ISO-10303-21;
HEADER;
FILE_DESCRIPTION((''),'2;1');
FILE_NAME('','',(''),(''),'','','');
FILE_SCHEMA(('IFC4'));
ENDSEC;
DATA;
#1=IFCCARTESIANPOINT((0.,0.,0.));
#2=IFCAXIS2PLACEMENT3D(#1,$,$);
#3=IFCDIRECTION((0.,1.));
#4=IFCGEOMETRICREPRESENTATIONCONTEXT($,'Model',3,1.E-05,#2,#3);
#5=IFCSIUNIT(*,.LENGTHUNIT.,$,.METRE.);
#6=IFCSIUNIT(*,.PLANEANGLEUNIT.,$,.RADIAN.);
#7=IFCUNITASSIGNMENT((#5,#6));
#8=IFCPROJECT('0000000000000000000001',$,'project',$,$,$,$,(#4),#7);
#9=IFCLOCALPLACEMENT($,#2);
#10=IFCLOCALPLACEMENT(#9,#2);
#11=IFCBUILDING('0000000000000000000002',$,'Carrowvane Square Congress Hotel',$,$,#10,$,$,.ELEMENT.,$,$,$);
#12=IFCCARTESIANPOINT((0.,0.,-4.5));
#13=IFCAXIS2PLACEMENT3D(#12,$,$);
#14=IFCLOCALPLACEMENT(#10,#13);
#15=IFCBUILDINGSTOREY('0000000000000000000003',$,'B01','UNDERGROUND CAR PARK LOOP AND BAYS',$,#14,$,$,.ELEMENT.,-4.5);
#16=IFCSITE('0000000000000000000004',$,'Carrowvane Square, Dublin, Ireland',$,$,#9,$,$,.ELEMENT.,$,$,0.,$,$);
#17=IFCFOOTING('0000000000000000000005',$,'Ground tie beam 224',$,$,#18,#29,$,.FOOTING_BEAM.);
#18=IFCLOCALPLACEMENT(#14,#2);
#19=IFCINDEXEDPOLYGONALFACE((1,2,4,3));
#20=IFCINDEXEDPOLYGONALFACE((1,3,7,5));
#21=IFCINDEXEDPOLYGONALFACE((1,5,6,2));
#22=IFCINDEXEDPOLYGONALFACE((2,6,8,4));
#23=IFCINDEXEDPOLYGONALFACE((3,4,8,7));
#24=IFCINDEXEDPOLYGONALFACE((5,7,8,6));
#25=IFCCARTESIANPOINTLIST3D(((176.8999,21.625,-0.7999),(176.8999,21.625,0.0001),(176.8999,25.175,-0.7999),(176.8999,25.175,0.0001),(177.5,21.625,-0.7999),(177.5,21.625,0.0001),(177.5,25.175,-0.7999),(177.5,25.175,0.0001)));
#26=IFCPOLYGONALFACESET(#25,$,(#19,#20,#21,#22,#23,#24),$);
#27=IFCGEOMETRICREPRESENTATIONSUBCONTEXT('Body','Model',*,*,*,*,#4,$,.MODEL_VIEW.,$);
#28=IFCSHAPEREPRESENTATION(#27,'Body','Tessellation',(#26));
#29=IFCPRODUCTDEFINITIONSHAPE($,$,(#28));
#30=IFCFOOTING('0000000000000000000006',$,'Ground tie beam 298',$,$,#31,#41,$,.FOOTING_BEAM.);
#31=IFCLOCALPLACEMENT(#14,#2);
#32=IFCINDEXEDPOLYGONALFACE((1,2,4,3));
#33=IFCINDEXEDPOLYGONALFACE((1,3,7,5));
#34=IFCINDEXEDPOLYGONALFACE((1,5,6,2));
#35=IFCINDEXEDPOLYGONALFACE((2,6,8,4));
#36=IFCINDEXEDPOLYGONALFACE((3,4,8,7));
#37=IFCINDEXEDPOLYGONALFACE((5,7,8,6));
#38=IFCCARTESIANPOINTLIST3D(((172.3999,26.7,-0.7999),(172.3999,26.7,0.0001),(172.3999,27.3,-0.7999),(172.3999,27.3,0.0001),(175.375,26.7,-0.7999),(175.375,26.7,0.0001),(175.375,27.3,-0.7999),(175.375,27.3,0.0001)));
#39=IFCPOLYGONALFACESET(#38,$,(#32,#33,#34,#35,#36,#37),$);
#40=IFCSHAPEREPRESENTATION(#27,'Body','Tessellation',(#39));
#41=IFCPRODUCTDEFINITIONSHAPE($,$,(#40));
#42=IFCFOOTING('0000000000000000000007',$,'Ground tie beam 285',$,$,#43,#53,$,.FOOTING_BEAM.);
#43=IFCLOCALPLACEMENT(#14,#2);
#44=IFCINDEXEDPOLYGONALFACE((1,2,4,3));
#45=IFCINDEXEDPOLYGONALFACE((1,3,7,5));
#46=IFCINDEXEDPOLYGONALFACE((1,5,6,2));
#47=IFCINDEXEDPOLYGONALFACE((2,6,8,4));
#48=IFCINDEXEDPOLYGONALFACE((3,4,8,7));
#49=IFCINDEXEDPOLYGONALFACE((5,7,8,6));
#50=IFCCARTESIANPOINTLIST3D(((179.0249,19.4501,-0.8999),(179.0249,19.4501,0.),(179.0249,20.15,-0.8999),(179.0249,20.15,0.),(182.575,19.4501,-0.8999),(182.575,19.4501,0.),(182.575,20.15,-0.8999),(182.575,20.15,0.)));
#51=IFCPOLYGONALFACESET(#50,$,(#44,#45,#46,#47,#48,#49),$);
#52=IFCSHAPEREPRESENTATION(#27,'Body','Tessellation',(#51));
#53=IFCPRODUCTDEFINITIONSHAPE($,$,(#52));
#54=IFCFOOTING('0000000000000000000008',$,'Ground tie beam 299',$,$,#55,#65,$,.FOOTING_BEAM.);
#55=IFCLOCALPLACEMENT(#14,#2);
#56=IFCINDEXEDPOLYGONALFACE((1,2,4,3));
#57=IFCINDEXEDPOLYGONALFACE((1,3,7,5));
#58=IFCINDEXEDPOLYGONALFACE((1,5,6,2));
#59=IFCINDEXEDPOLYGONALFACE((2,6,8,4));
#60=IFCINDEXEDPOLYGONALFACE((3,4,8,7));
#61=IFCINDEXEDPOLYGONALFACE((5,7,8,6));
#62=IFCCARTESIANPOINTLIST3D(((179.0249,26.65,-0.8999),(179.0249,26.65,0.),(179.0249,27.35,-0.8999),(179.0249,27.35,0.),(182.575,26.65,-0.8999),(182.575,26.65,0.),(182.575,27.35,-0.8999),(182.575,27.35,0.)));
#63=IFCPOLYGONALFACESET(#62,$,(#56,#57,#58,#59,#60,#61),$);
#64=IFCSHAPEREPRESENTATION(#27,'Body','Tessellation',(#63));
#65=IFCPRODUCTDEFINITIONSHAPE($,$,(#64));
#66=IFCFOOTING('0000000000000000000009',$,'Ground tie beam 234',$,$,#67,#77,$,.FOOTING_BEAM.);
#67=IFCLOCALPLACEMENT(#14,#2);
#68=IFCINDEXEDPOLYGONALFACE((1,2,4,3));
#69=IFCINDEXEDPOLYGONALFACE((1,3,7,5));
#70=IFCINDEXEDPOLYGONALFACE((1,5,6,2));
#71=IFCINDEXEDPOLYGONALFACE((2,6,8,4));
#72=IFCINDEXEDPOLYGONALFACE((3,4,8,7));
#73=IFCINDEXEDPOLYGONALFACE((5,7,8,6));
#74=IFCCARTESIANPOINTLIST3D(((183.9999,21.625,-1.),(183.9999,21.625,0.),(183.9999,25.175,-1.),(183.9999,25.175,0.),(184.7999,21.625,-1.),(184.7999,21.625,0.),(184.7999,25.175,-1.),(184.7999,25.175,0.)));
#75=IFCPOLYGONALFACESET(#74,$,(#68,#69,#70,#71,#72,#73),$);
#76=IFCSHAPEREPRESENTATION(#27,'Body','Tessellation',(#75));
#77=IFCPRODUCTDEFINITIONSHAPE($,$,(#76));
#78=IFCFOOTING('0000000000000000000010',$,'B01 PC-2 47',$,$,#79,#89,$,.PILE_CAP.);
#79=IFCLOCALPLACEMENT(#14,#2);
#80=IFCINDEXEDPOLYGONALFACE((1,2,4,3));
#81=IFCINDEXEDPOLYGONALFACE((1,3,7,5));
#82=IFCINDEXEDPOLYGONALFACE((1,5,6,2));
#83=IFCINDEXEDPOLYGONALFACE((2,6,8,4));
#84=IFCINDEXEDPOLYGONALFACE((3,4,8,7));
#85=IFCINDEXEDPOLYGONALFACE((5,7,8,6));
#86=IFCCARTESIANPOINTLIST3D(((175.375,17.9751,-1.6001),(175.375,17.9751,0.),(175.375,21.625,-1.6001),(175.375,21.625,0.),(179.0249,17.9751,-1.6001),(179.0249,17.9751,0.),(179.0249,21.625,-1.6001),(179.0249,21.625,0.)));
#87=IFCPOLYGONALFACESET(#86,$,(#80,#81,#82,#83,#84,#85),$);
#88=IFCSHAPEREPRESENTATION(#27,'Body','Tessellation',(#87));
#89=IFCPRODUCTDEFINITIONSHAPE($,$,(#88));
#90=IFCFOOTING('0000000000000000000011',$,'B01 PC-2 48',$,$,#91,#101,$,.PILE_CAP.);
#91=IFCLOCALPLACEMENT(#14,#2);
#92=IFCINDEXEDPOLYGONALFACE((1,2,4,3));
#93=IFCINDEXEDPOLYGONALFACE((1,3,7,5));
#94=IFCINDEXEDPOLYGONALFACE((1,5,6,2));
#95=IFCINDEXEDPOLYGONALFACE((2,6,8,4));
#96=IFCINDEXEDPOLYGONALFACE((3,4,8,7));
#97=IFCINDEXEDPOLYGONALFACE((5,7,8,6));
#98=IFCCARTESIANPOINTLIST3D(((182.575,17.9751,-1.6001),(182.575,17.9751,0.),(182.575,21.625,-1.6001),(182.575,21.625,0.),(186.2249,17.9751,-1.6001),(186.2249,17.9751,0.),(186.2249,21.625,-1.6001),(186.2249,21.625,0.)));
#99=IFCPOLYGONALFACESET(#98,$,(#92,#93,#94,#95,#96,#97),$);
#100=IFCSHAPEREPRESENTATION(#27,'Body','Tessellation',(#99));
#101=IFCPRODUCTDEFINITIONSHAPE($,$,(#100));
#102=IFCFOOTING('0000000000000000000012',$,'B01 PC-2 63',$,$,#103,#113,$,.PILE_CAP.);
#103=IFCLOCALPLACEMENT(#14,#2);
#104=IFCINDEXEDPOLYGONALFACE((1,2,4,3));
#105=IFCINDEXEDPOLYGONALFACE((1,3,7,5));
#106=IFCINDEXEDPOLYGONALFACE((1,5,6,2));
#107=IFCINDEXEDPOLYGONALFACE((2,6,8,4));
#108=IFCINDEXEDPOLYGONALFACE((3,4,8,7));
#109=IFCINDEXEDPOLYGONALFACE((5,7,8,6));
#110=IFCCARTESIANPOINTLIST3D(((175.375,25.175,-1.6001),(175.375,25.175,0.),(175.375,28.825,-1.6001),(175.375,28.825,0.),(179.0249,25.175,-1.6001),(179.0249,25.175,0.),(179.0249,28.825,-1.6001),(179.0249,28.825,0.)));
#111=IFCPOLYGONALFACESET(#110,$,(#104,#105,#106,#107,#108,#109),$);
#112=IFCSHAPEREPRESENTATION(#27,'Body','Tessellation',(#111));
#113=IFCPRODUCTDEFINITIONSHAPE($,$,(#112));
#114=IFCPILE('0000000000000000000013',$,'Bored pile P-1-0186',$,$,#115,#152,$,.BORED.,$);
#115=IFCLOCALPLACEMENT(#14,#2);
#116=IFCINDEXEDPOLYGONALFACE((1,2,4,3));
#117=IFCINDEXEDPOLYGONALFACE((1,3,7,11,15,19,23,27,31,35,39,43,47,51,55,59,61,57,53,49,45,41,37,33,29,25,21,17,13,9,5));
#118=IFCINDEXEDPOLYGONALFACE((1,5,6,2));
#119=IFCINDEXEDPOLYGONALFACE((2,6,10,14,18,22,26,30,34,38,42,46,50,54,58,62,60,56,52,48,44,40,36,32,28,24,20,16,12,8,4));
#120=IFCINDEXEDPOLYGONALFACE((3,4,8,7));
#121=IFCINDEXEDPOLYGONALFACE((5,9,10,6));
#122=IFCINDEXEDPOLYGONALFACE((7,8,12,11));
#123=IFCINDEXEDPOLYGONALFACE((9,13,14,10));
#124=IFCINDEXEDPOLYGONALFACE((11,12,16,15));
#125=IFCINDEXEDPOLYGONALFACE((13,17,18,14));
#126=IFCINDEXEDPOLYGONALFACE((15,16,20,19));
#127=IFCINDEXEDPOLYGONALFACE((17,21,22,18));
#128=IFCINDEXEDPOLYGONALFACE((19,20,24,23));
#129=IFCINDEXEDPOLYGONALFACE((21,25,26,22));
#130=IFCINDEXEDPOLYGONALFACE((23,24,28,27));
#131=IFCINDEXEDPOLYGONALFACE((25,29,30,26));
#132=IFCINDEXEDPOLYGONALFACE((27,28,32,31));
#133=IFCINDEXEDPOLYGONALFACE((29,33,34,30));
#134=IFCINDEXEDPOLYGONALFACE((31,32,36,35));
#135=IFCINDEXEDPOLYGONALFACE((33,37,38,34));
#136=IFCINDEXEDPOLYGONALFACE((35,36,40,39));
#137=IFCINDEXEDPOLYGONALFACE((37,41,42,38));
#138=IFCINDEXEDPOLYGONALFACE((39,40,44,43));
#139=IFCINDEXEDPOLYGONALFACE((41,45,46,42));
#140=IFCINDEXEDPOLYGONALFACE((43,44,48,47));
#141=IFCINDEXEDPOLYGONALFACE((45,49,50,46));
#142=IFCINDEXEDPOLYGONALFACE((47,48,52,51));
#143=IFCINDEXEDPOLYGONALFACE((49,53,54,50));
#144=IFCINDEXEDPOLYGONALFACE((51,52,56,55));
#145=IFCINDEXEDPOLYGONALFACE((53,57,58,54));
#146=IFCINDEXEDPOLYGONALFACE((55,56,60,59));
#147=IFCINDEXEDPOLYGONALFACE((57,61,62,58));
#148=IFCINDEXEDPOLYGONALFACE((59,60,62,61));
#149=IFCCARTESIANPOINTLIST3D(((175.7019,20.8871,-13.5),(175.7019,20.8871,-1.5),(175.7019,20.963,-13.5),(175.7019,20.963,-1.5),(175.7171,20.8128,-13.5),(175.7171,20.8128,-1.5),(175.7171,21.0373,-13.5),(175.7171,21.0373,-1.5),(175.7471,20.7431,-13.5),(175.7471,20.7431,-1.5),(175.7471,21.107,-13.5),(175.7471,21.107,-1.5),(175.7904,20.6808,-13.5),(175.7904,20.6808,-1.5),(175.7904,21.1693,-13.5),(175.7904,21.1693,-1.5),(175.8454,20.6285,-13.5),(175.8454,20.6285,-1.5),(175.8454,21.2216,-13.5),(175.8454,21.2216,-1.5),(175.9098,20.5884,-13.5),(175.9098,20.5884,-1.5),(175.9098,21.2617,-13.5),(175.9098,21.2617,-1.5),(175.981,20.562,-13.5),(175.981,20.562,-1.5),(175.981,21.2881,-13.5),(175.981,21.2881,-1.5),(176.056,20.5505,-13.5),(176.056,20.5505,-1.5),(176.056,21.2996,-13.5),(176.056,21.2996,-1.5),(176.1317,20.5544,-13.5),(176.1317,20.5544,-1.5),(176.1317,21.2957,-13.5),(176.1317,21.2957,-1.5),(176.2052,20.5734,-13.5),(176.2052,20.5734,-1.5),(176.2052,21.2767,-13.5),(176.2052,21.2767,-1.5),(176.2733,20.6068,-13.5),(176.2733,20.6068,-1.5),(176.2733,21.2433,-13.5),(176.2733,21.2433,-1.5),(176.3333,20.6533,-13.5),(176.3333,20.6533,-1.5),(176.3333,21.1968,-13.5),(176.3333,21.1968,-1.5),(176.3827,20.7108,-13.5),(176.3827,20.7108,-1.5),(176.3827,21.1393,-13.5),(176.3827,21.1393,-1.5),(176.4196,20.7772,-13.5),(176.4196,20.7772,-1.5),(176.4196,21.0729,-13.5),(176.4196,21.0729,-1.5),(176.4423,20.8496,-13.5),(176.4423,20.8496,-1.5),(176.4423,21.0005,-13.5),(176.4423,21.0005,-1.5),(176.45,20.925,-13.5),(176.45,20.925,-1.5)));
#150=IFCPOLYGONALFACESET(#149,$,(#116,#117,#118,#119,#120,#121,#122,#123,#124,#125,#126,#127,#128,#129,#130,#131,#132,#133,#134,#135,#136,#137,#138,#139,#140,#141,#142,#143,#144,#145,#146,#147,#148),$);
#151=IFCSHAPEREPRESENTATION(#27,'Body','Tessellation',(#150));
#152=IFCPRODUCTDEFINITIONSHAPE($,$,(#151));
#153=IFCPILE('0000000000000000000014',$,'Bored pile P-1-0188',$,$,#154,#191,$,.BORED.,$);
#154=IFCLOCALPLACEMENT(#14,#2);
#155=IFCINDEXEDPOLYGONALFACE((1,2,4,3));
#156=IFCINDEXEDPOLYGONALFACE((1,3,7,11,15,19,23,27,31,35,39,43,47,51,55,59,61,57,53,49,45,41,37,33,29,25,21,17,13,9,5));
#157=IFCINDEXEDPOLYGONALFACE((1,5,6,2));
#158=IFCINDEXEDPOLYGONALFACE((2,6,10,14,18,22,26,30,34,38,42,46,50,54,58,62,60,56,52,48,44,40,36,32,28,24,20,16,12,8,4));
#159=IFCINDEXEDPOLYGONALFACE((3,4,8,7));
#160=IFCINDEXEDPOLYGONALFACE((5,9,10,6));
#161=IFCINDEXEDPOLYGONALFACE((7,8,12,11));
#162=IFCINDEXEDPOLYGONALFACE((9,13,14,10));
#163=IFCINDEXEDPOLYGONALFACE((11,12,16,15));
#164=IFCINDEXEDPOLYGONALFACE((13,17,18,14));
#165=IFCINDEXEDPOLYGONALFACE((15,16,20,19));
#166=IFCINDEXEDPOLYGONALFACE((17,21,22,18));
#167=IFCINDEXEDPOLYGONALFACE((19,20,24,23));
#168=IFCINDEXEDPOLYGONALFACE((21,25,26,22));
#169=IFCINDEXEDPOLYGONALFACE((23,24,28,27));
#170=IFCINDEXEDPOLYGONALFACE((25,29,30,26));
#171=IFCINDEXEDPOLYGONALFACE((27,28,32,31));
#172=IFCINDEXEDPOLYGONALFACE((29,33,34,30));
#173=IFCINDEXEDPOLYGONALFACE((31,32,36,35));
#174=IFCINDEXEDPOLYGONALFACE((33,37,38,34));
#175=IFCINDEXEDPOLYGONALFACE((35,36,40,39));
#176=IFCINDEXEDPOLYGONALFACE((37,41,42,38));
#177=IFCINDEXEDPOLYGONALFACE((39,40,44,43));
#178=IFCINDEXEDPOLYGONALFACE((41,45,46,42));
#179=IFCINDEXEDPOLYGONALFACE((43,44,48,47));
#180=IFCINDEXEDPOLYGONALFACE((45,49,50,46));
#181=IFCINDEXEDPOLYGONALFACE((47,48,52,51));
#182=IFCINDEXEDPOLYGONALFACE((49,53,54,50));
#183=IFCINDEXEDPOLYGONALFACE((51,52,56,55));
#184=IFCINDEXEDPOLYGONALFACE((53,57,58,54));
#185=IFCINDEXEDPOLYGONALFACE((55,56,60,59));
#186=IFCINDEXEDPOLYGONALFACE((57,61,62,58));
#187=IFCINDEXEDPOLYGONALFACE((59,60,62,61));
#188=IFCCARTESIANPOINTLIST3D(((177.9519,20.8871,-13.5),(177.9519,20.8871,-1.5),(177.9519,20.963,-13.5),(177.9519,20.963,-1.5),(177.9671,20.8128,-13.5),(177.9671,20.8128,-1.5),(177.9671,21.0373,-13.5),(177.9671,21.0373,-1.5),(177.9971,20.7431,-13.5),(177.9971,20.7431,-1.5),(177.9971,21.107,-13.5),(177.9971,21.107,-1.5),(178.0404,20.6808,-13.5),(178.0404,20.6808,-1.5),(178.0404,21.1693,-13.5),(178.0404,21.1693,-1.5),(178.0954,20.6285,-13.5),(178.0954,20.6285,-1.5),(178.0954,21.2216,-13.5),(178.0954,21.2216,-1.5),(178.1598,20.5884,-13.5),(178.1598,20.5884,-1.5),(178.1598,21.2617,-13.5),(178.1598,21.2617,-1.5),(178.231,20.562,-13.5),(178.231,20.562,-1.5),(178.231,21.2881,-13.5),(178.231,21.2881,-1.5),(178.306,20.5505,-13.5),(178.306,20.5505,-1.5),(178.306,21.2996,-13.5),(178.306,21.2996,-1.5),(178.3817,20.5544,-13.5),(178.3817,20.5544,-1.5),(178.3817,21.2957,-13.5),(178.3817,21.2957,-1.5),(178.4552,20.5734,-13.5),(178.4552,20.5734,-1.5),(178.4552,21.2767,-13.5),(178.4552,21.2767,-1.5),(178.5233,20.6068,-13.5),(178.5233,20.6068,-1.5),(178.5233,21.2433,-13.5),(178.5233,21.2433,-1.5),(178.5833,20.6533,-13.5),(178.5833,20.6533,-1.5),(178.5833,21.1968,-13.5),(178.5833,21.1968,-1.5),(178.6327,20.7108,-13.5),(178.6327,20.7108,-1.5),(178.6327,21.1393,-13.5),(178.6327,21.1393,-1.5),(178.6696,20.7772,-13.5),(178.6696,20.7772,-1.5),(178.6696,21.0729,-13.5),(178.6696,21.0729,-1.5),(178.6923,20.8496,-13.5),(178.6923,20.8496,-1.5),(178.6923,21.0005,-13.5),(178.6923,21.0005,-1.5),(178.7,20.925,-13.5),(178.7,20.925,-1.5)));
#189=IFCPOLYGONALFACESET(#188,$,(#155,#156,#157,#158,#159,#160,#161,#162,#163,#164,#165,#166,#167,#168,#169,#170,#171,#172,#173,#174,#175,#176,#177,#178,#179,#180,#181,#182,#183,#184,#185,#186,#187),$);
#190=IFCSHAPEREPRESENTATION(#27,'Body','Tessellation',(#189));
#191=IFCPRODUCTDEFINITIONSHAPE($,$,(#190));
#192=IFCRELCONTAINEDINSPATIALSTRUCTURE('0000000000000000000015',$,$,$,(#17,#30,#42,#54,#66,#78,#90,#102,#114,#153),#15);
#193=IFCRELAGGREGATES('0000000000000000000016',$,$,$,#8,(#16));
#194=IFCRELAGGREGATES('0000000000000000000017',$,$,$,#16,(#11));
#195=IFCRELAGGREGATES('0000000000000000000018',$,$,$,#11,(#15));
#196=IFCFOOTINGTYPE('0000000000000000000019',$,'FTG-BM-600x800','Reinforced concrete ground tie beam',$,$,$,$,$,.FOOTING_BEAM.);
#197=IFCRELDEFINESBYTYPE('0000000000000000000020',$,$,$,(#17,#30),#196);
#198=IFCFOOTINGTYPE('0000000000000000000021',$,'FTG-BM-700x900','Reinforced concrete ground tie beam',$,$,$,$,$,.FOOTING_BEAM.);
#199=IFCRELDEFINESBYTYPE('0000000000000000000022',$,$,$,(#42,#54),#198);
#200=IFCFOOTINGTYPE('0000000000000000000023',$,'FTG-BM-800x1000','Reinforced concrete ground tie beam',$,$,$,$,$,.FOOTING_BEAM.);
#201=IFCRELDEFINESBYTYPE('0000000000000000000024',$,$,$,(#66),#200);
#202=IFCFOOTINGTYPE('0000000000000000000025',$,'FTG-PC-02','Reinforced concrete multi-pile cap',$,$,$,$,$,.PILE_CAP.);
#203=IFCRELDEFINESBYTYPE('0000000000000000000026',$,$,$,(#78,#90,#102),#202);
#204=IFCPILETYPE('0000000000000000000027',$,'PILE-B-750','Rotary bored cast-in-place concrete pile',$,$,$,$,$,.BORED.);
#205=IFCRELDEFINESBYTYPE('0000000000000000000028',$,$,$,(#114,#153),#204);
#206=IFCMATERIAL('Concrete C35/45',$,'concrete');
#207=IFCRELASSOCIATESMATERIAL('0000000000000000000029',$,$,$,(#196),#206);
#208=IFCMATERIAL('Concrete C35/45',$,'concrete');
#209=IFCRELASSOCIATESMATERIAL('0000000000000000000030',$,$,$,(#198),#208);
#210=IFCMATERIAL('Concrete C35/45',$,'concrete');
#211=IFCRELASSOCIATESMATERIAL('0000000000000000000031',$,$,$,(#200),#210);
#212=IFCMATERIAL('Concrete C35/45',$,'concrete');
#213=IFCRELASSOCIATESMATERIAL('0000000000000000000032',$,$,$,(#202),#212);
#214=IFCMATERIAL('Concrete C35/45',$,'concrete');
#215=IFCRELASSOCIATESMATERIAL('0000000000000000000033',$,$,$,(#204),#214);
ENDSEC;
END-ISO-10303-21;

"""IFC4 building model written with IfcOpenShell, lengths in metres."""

from ifc_helpers import new_model, si_unit, direction, frame, origin, origin_2d, place, context, subcontext, project, spatial, rectangle, circle, extrude, material, material_profile, profile_set, type_object, element, save


model = new_model("IFC4")

# Units and contexts
model_context = context("Model", 3, precision=1e-05, world=origin(), true_north=direction((0.0, 1.0)))
body_context = subcontext(model_context, "Body", "Model", "MODEL_VIEW")
ifc_project = project(units=[si_unit("LENGTHUNIT", "METRE"), si_unit("PLANEANGLEUNIT", "RADIAN")], contexts=[model_context])

# Site, building, storey
site_placement = place(None, origin())
site = spatial("IfcSite", under=ifc_project, at=site_placement, Name="Carrowvane Square, Dublin, Ireland", CompositionType="ELEMENT", RefElevation=0.0)
building_placement = place(site_placement, origin())
building = spatial("IfcBuilding", under=site, at=building_placement, Name="Carrowvane Square Congress Hotel", CompositionType="ELEMENT")
storey_placement = place(building_placement, frame((0.0, 0.0, -4.5)))
storey = spatial("IfcBuildingStorey", under=building, at=storey_placement, Name="B01", Description="UNDERGROUND CAR PARK LOOP AND BAYS", CompositionType="ELEMENT", Elevation=-4.5)

# Footings
ifc_material_1 = material(Name="Concrete C35/45", Category="concrete")
ifc_material_profile_1 = material_profile(ifc_material_1, rectangle(XDim=0.6001, YDim=0.8, at=origin_2d()), Name="RC 600x800")
ifc_profile_set_1 = profile_set([ifc_material_profile_1], Name="Concrete C35/45")
footing_type_1 = type_object("IfcFootingType", Name="FTG-BM-600x800", Description="Reinforced concrete ground tie beam", PredefinedType="FOOTING_BEAM", material=ifc_profile_set_1)
footing_1_placement = place(storey_placement, frame((177.2, 21.625, -0.3999), z_axis=(0.0, 1.0, 0.0), x_axis=(-1.0, 0.0, 0.0)))
element("IfcFooting", 1, at=footing_1_placement, inside=storey, type_object=footing_type_1, Name="Ground tie beam 224", PredefinedType="FOOTING_BEAM", context=body_context, shape_type="SweptSolid", body=[
    extrude(rectangle(XDim=0.6001, YDim=0.8, at=origin_2d()), origin(), (0.0, 0.0, 1.0), 3.55),
])
footing_2_placement = place(storey_placement, frame((172.3999, 27.0, -0.3999), z_axis=(1.0, 0.0, 0.0), x_axis=(0.0, 1.0, 0.0)))
element("IfcFooting", 2, at=footing_2_placement, inside=storey, type_object=footing_type_1, Name="Ground tie beam 298", PredefinedType="FOOTING_BEAM", context=body_context, shape_type="SweptSolid", body=[
    extrude(rectangle(XDim=0.6001, YDim=0.8, at=origin_2d()), origin(), (0.0, 0.0, 1.0), 2.9751),
])
ifc_material_2 = material(Name="Concrete C35/45", Category="concrete")
ifc_material_profile_2 = material_profile(ifc_material_2, rectangle(XDim=0.7, YDim=0.8999, at=origin_2d()), Name="RC 700x900")
ifc_profile_set_2 = profile_set([ifc_material_profile_2], Name="Concrete C35/45")
footing_type_2 = type_object("IfcFootingType", Name="FTG-BM-700x900", Description="Reinforced concrete ground tie beam", PredefinedType="FOOTING_BEAM", material=ifc_profile_set_2)
for number, where, z_axis, x_axis, name in (
    (3, (179.0249, 19.8, -0.45), (1.0, 0.0, 0.0), (0.0, 1.0, 0.0), "Ground tie beam 285"),
    (4, (179.0249, 27.0, -0.45), (1.0, 0.0, 0.0), (0.0, 1.0, 0.0), "Ground tie beam 299"),
):
    element("IfcFooting", number, at=place(storey_placement, frame(where, z_axis=z_axis, x_axis=x_axis)), inside=storey, type_object=footing_type_2, Name=name, PredefinedType="FOOTING_BEAM", context=body_context, shape_type="SweptSolid", body=[
        extrude(rectangle(XDim=0.7, YDim=0.8999, at=origin_2d()), origin(), (0.0, 0.0, 1.0), 3.55),
    ])
ifc_material_3 = material(Name="Concrete C35/45", Category="concrete")
ifc_material_profile_3 = material_profile(ifc_material_3, rectangle(XDim=0.8, YDim=1.0, at=origin_2d()), Name="RC 800x1000")
ifc_profile_set_3 = profile_set([ifc_material_profile_3], Name="Concrete C35/45")
footing_type_3 = type_object("IfcFootingType", Name="FTG-BM-800x1000", Description="Reinforced concrete ground tie beam", PredefinedType="FOOTING_BEAM", material=ifc_profile_set_3)
footing_3_placement = place(storey_placement, frame((184.3999, 21.625, -0.5), z_axis=(0.0, 1.0, 0.0), x_axis=(-1.0, 0.0, 0.0)))
element("IfcFooting", 5, at=footing_3_placement, inside=storey, type_object=footing_type_3, Name="Ground tie beam 234", PredefinedType="FOOTING_BEAM", context=body_context, shape_type="SweptSolid", body=[
    extrude(rectangle(XDim=0.8, YDim=1.0, at=origin_2d()), origin(), (0.0, 0.0, 1.0), 3.55),
])
ifc_material_4 = material(Name="Concrete C35/45", Category="concrete")
footing_type_4 = type_object("IfcFootingType", Name="FTG-PC-02", Description="Reinforced concrete multi-pile cap", PredefinedType="PILE_CAP", material=ifc_material_4)
for number, where, z_axis, x_axis, name in (
    (6, (177.2, 19.8, -1.6001), (0.0, 0.0, 1.0), (1.0, 0.0, 0.0), "B01 PC-2 47"),
    (7, (184.3999, 19.8, -1.6001), (0.0, 0.0, 1.0), (1.0, 0.0, 0.0), "B01 PC-2 48"),
    (8, (177.2, 27.0, -1.6001), (0.0, 0.0, 1.0), (1.0, 0.0, 0.0), "B01 PC-2 63"),
):
    element("IfcFooting", number, at=place(storey_placement, frame(where, z_axis=z_axis, x_axis=x_axis)), inside=storey, type_object=footing_type_4, Name=name, PredefinedType="PILE_CAP", context=body_context, shape_type="SweptSolid", body=[
        extrude(rectangle(XDim=3.6499, YDim=3.6499, at=origin_2d()), origin(), (0.0, 0.0, 1.0), 1.6001),
    ])

# Piles
ifc_material_5 = material(Name="Concrete C35/45", Category="concrete")
ifc_material_profile_4 = material_profile(ifc_material_5, circle(Radius=0.375, at=origin_2d()), Name="PILE D750")
ifc_profile_set_4 = profile_set([ifc_material_profile_4], Name="Concrete C35/45")
pile_type = type_object("IfcPileType", Name="PILE-B-750", Description="Rotary bored cast-in-place concrete pile", PredefinedType="BORED", material=ifc_profile_set_4)
for number, where, z_axis, x_axis, name in (
    (9, (176.075, 20.925, -1.5), (0.0, 0.0, -1.0), (1.0, 0.0, 0.0), "Bored pile P-1-0186"),
    (10, (178.325, 20.925, -1.5), (0.0, 0.0, -1.0), (1.0, 0.0, 0.0), "Bored pile P-1-0188"),
):
    element("IfcPile", number, at=place(storey_placement, frame(where, z_axis=z_axis, x_axis=x_axis)), inside=storey, type_object=pile_type, Name=name, PredefinedType="BORED", context=body_context, shape_type="SweptSolid", body=[
        extrude(circle(Radius=0.375, at=origin_2d()), origin(), (0.0, 0.0, 1.0), 12.0),
    ])

save(model, "model.ifc")
